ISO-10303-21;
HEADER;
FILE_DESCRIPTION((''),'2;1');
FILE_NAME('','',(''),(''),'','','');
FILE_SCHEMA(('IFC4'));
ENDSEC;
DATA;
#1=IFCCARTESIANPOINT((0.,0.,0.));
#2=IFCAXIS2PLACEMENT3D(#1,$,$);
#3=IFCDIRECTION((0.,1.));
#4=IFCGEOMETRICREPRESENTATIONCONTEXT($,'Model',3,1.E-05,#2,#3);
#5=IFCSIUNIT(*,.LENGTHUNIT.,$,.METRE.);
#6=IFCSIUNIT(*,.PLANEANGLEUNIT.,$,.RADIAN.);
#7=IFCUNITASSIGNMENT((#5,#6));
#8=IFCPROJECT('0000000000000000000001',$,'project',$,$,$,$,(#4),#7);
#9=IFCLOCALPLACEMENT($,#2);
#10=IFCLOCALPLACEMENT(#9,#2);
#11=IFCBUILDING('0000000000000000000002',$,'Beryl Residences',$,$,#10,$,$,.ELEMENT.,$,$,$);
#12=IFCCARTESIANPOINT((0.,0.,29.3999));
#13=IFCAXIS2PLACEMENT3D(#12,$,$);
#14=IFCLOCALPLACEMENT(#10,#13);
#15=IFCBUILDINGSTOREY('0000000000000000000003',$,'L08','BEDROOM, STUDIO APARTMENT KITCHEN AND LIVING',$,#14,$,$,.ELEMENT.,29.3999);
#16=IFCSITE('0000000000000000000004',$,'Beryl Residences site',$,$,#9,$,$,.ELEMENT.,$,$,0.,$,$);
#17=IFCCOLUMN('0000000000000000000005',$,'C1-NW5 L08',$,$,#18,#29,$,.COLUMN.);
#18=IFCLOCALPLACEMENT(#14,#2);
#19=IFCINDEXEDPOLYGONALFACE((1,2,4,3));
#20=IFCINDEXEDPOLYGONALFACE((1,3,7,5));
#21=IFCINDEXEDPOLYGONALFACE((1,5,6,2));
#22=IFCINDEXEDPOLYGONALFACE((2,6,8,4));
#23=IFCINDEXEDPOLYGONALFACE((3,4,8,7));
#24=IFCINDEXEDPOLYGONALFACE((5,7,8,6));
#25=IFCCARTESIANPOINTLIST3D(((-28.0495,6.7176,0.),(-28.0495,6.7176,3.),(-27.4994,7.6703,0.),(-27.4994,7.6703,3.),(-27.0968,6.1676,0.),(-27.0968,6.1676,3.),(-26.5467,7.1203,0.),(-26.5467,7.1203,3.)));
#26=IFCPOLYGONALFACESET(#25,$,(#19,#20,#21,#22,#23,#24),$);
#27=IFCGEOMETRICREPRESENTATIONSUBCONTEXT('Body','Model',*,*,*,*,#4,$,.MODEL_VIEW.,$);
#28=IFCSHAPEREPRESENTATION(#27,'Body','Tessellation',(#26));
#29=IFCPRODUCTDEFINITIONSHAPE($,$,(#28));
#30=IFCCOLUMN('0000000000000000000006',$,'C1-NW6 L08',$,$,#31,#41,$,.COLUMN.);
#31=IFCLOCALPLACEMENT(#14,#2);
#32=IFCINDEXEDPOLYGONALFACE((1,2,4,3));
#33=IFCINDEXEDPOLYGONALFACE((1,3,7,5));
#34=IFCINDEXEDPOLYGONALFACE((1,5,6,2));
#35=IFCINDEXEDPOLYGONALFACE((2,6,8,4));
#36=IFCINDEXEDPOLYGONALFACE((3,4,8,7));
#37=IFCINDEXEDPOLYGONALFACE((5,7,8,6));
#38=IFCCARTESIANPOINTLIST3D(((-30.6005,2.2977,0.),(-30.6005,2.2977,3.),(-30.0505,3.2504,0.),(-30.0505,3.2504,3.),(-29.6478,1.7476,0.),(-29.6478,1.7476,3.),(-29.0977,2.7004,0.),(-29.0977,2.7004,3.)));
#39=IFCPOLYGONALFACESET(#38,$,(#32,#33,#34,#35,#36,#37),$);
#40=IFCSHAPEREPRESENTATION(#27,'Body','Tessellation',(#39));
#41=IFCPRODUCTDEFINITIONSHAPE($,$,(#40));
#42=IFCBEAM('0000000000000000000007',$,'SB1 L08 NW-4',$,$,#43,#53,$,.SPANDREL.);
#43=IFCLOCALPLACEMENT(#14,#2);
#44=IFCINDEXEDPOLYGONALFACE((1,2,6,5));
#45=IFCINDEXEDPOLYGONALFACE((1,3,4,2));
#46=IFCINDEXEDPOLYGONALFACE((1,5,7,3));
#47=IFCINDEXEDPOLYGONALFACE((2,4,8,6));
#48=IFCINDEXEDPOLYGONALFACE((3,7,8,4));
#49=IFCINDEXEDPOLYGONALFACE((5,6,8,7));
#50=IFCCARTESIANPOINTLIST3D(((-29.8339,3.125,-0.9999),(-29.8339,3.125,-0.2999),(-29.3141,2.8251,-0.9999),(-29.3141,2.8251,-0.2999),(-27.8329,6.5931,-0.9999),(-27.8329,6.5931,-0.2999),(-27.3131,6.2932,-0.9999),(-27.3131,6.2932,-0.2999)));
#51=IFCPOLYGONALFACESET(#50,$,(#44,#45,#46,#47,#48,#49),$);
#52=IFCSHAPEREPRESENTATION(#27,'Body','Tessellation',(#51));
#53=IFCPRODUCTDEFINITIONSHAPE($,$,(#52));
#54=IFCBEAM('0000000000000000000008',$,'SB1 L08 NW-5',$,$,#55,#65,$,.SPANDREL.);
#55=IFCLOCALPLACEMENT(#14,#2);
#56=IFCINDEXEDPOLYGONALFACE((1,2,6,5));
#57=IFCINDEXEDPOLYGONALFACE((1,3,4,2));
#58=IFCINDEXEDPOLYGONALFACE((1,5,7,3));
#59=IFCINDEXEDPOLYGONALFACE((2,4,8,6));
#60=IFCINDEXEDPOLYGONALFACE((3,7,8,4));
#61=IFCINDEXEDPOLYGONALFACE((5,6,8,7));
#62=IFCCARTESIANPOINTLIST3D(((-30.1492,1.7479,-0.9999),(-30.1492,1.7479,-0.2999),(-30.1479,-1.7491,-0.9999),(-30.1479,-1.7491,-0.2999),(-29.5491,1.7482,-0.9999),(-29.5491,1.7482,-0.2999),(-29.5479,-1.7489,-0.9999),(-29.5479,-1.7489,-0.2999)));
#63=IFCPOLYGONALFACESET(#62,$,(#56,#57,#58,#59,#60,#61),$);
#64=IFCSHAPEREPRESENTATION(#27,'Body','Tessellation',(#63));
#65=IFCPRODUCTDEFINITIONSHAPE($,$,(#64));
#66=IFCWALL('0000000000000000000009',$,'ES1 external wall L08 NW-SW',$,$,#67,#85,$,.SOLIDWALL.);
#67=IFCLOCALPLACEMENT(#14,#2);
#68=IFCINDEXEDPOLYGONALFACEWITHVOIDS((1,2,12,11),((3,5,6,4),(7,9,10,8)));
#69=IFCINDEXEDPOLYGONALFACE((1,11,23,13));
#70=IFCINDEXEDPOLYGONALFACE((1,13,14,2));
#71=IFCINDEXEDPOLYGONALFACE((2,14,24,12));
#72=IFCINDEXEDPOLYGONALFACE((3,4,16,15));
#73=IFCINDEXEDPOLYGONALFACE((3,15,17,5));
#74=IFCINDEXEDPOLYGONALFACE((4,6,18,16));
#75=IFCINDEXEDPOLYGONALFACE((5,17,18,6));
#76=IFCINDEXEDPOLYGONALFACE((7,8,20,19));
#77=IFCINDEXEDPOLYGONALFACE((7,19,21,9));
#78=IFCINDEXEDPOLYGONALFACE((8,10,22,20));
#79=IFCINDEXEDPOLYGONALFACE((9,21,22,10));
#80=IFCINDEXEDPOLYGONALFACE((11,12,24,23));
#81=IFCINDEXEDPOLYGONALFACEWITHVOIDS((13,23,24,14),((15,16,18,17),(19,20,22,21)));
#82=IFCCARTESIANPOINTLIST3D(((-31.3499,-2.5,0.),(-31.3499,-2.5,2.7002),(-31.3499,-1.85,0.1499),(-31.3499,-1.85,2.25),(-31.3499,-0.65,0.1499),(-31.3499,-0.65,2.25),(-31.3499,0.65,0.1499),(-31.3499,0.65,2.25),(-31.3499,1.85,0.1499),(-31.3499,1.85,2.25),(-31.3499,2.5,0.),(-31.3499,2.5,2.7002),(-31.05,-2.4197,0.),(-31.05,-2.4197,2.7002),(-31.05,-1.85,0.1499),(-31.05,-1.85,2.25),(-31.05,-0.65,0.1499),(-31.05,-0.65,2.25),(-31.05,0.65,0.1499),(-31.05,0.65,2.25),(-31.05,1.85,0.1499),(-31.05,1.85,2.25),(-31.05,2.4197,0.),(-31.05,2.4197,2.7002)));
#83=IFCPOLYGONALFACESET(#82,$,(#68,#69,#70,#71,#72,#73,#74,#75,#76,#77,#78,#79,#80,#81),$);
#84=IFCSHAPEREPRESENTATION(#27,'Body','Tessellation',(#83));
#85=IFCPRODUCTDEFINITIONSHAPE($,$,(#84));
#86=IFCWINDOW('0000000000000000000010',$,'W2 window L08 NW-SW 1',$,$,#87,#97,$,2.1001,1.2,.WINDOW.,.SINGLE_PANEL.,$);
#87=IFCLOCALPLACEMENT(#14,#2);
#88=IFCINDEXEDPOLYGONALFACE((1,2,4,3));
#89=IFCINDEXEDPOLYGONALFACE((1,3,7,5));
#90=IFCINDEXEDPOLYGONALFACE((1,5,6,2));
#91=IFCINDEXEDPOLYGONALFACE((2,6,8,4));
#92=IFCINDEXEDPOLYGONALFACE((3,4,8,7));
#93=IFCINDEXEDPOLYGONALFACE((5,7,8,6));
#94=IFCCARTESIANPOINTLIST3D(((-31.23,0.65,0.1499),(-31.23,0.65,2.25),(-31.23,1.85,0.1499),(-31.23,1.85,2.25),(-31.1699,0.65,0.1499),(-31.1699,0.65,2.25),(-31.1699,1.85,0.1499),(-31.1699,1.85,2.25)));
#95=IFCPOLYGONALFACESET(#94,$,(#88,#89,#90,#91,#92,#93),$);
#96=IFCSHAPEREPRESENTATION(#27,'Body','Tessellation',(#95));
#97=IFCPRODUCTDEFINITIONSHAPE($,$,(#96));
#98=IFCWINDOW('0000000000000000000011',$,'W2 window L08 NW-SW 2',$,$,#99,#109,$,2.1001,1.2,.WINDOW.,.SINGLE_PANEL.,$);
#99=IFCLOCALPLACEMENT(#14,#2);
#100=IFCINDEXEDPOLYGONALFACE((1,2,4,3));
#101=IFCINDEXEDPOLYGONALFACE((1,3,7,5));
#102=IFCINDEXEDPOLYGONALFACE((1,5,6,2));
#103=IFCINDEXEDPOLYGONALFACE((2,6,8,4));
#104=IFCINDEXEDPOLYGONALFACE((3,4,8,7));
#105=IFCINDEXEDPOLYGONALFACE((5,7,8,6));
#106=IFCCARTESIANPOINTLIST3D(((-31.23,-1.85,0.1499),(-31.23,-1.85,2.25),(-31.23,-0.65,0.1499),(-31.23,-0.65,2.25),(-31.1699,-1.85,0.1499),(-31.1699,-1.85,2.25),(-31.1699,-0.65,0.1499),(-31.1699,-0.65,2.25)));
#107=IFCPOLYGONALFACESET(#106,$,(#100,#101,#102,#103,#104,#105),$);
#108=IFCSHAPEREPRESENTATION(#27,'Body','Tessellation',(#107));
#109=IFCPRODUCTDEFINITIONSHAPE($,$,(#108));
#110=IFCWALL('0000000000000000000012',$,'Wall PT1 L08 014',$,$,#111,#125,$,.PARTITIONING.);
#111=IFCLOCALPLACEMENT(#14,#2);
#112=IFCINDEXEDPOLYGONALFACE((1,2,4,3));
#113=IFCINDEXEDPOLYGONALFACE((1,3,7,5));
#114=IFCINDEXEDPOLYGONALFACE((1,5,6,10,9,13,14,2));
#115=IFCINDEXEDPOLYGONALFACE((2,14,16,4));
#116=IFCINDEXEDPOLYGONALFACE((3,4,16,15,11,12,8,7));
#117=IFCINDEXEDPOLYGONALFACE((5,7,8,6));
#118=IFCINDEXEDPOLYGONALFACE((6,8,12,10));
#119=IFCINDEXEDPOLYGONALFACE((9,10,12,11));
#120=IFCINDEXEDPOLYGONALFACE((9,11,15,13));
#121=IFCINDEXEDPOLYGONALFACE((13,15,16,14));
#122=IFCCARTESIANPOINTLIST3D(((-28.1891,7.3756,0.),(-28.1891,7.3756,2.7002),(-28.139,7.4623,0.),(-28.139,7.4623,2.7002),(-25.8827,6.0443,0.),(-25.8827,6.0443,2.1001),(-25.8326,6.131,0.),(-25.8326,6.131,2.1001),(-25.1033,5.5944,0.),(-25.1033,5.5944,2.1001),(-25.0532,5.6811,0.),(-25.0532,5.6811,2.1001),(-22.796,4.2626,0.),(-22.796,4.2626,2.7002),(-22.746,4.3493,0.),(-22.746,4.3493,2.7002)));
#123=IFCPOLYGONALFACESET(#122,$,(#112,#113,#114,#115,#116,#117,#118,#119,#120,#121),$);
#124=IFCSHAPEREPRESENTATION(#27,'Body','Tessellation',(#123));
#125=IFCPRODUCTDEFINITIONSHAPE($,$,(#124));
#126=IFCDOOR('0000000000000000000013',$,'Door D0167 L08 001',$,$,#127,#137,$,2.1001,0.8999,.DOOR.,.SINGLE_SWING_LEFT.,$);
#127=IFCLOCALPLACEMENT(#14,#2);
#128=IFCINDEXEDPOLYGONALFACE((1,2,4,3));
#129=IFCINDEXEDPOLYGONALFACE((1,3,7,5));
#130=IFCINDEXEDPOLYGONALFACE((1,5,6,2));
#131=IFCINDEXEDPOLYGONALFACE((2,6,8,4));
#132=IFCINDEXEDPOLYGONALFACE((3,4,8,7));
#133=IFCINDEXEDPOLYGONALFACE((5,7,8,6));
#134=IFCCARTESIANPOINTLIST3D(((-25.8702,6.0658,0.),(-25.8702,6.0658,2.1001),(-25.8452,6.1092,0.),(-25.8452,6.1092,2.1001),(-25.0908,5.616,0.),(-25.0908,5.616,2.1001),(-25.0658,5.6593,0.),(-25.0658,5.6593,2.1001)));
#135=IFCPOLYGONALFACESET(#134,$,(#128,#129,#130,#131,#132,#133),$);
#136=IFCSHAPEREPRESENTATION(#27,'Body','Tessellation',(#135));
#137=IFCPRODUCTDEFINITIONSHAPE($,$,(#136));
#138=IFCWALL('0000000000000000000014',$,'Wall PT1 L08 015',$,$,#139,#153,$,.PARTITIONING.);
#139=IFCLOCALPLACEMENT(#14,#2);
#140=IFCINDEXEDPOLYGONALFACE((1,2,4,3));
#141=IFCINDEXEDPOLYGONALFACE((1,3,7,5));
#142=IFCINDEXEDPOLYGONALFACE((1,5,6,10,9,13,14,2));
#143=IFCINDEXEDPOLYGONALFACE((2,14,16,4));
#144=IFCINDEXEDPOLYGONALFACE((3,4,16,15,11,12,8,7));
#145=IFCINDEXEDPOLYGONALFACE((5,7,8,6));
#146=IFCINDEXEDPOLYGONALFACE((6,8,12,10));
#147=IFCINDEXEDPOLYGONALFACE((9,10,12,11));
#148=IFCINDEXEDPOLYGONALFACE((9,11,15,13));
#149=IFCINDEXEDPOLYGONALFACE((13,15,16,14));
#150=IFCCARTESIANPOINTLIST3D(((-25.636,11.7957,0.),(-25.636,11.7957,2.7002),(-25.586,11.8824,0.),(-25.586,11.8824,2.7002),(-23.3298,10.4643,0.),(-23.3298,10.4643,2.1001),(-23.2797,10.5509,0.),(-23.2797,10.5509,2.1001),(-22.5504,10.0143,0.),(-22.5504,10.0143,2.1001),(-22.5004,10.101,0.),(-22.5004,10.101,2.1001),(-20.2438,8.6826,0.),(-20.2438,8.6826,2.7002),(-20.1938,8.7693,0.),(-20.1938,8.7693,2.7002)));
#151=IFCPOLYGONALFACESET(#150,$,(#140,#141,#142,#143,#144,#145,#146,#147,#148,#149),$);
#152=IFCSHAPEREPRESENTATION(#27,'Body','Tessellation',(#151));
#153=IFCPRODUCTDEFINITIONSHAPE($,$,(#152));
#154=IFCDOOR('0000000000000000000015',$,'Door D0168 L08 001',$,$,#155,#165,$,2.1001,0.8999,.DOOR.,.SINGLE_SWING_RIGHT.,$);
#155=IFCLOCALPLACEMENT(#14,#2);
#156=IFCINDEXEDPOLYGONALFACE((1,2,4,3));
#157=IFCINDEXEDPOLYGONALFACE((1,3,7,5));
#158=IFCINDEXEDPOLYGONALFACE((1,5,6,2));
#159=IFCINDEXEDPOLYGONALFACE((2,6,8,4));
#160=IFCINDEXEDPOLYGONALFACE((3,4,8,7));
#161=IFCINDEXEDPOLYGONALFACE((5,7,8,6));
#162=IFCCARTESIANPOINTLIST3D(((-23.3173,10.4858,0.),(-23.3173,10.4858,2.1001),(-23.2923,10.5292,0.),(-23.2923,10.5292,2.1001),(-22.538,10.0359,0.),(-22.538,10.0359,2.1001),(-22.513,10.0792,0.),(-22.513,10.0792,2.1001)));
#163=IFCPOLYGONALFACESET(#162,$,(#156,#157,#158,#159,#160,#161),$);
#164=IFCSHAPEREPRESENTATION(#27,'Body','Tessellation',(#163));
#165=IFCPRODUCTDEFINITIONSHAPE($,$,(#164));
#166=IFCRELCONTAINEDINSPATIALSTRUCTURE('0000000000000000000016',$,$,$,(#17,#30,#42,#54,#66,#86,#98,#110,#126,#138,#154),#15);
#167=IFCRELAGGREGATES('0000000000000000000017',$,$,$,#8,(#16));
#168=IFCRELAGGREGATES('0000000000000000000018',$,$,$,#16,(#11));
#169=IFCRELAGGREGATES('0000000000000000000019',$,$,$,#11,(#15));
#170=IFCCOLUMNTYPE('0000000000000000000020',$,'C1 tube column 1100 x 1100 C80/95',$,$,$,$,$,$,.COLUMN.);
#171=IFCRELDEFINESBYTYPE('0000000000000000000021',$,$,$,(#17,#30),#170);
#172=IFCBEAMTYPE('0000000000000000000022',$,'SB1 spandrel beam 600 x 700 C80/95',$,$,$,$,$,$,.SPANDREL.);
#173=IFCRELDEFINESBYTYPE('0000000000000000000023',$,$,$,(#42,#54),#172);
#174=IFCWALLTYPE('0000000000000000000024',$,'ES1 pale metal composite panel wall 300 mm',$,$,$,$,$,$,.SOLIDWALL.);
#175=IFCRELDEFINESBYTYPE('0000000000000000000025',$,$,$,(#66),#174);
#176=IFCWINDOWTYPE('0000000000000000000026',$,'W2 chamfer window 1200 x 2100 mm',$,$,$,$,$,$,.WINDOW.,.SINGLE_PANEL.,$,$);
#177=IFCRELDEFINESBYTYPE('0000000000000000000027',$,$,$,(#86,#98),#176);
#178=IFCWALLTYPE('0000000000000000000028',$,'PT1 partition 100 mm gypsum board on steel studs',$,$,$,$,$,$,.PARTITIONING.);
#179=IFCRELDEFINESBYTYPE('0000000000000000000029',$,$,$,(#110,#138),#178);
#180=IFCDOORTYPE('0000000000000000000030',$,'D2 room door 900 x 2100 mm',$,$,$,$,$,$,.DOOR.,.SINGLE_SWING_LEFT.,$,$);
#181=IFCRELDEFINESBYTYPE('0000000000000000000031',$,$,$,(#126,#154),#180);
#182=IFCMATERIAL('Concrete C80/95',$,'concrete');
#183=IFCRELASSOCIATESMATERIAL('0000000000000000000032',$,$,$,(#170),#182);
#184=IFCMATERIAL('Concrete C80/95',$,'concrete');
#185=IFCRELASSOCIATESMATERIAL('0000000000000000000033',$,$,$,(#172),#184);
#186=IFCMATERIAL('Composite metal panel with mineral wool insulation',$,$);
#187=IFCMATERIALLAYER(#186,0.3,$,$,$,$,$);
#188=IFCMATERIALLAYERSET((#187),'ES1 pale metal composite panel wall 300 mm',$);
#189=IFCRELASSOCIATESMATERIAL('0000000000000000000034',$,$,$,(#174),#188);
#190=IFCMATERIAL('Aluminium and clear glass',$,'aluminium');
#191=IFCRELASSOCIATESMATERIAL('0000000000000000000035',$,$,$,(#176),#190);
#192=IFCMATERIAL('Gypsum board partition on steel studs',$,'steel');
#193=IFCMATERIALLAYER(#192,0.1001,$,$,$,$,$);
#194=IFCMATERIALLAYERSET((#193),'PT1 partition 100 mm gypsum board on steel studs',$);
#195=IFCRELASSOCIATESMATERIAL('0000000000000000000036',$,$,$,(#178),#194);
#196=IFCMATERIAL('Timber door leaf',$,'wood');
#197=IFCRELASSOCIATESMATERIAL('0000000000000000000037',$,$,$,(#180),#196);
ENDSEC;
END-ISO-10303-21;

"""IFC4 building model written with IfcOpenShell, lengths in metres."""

from ifc_helpers import new_model, si_unit, direction, frame, frame_2d, origin, origin_2d, place, context, subcontext, project, spatial, polyline, rectangle, outline, extrude, material, layer, layer_set, material_profile, profile_set, type_object, element, fill, save


model = new_model("IFC4")

# Units and contexts
model_context = context("Model", 3, precision=1e-05, world=origin(), true_north=direction((0.0, 1.0)))
body_context = subcontext(model_context, "Body", "Model", "MODEL_VIEW")
ifc_project = project(units=[si_unit("LENGTHUNIT", "METRE"), si_unit("PLANEANGLEUNIT", "RADIAN")], contexts=[model_context])

# Site, building, storey
site_placement = place(None, origin())
site = spatial("IfcSite", under=ifc_project, at=site_placement, Name="Beryl Residences site", CompositionType="ELEMENT", RefElevation=0.0)
building_placement = place(site_placement, origin())
building = spatial("IfcBuilding", under=site, at=building_placement, Name="Beryl Residences", CompositionType="ELEMENT")
storey_placement = place(building_placement, frame((0.0, 0.0, 29.3999)))
storey = spatial("IfcBuildingStorey", under=building, at=storey_placement, Name="L08", Description="BEDROOM, STUDIO APARTMENT KITCHEN AND LIVING", CompositionType="ELEMENT", Elevation=29.3999)

# Columns
ifc_material_1 = material(Name="Concrete C80/95", Category="concrete")
ifc_material_profile_1 = material_profile(ifc_material_1, rectangle(XDim=1.1001, YDim=1.1001, at=origin_2d()))
ifc_profile_set_1 = profile_set([ifc_material_profile_1], Name="Concrete C80/95")
column_type = type_object("IfcColumnType", Name="C1 tube column 1100 x 1100 C80/95", PredefinedType="COLUMN", material=ifc_profile_set_1)
for number, where, z_axis, x_axis, name in (
    (1, (-27.2981, 6.9189, 0.0), (0.0, 0.0, 1.0), (-0.499985, -0.866034, 0.0), "C1-NW5 L08"),
    (2, (-29.8491, 2.499, 0.0), (0.0, 0.0, 1.0), (-0.499985, -0.866034, 0.0), "C1-NW6 L08"),
):
    element("IfcColumn", number, at=place(storey_placement, frame(where, z_axis=z_axis, x_axis=x_axis)), inside=storey, type_object=column_type, Name=name, PredefinedType="COLUMN", context=body_context, shape_type="SweptSolid", body=[
        extrude(rectangle(XDim=1.1001, YDim=1.1001, at=origin_2d()), origin(), (0.0, 0.0, 1.0), 3.0),
    ])

# Beams
ifc_material_2 = material(Name="Concrete C80/95", Category="concrete")
ifc_material_profile_2 = material_profile(ifc_material_2, rectangle(XDim=0.6001, YDim=0.7, at=origin_2d()))
ifc_profile_set_2 = profile_set([ifc_material_profile_2], Name="Concrete C80/95")
beam_type = type_object("IfcBeamType", Name="SB1 spandrel beam 600 x 700 C80/95", PredefinedType="SPANDREL", material=ifc_profile_set_2)
beam_1_placement = place(storey_placement, frame((-27.573, 6.4431, -0.6499), z_axis=(-0.499759, -0.866164, 0.0), x_axis=(0.866164, -0.499759, 0.0)))
element("IfcBeam", 3, at=beam_1_placement, inside=storey, type_object=beam_type, Name="SB1 L08 NW-4", PredefinedType="SPANDREL", context=body_context, shape_type="SweptSolid", body=[
    extrude(rectangle(XDim=0.6001, YDim=0.7, at=origin_2d()), origin(), (0.0, 0.0, 1.0), 4.0039),
])
beam_2_placement = place(storey_placement, frame((-29.8491, 1.748, -0.6499), z_axis=(0.000349, -1.0, 0.0), x_axis=(1.0, 0.000349, 0.0)))
element("IfcBeam", 4, at=beam_2_placement, inside=storey, type_object=beam_type, Name="SB1 L08 NW-5", PredefinedType="SPANDREL", context=body_context, shape_type="SweptSolid", body=[
    extrude(rectangle(XDim=0.6001, YDim=0.7, at=origin_2d()), origin(), (0.0, 0.0, 1.0), 3.4971),
])

# Wall, openings, windows
ifc_material_3 = material(Name="Composite metal panel with mineral wool insulation")
ifc_layer_1 = layer(ifc_material_3, 0.3)
ifc_layer_set_1 = layer_set([ifc_layer_1], Name="ES1 pale metal composite panel wall 300 mm")
wall_type_1 = type_object("IfcWallType", Name="ES1 pale metal composite panel wall 300 mm", PredefinedType="SOLIDWALL", material=ifc_layer_set_1)
wall_1_placement = place(storey_placement, frame((-31.2, 2.5, 0.0), z_axis=(0.0, 0.0, 1.0), x_axis=(0.0, -1.0, 0.0)))
wall_1 = element("IfcWall", 5, at=wall_1_placement, inside=storey, type_object=wall_type_1, Name="ES1 external wall L08 NW-SW", PredefinedType="SOLIDWALL", context=body_context, shape_type="SweptSolid", body=[
    extrude(outline(polyline([(0.0, -0.1499), (5.0, -0.1499), (4.9197, 0.1499), (0.0803, 0.1499), (0.0, -0.1499)])), origin(), (0.0, 0.0, 1.0), 2.7002),
])
opening_1_placement = place(wall_1_placement, frame((0.6499, 0.0, 0.1499)))
opening_1 = element("IfcOpeningElement", 6, at=opening_1_placement, cuts=wall_1, PredefinedType="OPENING", context=body_context, shape_type="SweptSolid", body=[
    extrude(rectangle(XDim=1.2, YDim=2.1001, at=frame_2d((0.6001, 1.05))), frame((0.0, 0.1599, 0.0), z_axis=(0.0, -1.0, 0.0), x_axis=(1.0, 0.0, 0.0)), (0.0, 0.0, 1.0), 0.3201),
])
opening_2_placement = place(wall_1_placement, frame((3.1499, 0.0, 0.1499)))
opening_2 = element("IfcOpeningElement", 7, at=opening_2_placement, cuts=wall_1, PredefinedType="OPENING", context=body_context, shape_type="SweptSolid", body=[
    extrude(rectangle(XDim=1.2, YDim=2.1001, at=frame_2d((0.6001, 1.05))), frame((0.0, 0.1599, 0.0), z_axis=(0.0, -1.0, 0.0), x_axis=(1.0, 0.0, 0.0)), (0.0, 0.0, 1.0), 0.3201),
])
ifc_material_4 = material(Name="Aluminium and clear glass", Category="aluminium")
window_type = type_object("IfcWindowType", Name="W2 chamfer window 1200 x 2100 mm", PartitioningType="SINGLE_PANEL", PredefinedType="WINDOW", material=ifc_material_4)
window_1_placement = place(opening_1_placement, origin())
window_1 = element("IfcWindow", 8, at=window_1_placement, inside=storey, type_object=window_type, Name="W2 window L08 NW-SW 1", OverallHeight=2.1001, OverallWidth=1.2, PartitioningType="SINGLE_PANEL", PredefinedType="WINDOW", context=body_context, shape_type="SweptSolid", body=[
    extrude(rectangle(XDim=1.2, YDim=2.1001, at=frame_2d((0.6001, 1.05))), frame((0.0, 0.03, 0.0), z_axis=(0.0, -1.0, 0.0), x_axis=(1.0, 0.0, 0.0)), (0.0, 0.0, 1.0), 0.0601),
])
fill(opening_1, window_1)
window_2_placement = place(opening_2_placement, origin())
window_2 = element("IfcWindow", 9, at=window_2_placement, inside=storey, type_object=window_type, Name="W2 window L08 NW-SW 2", OverallHeight=2.1001, OverallWidth=1.2, PartitioningType="SINGLE_PANEL", PredefinedType="WINDOW", context=body_context, shape_type="SweptSolid", body=[
    extrude(rectangle(XDim=1.2, YDim=2.1001, at=frame_2d((0.6001, 1.05))), frame((0.0, 0.03, 0.0), z_axis=(0.0, -1.0, 0.0), x_axis=(1.0, 0.0, 0.0)), (0.0, 0.0, 1.0), 0.0601),
])
fill(opening_2, window_2)

# Walls, openings, doors
ifc_material_5 = material(Name="Gypsum board partition on steel studs", Category="steel")
ifc_layer_2 = layer(ifc_material_5, 0.1001)
ifc_layer_set_2 = layer_set([ifc_layer_2], Name="PT1 partition 100 mm gypsum board on steel studs")
wall_type_2 = type_object("IfcWallType", Name="PT1 partition 100 mm gypsum board on steel studs", PredefinedType="PARTITIONING", material=ifc_layer_set_2)
wall_2_placement = place(storey_placement, frame((-28.1641, 7.4189, 0.0), z_axis=(0.0, 0.0, 1.0), x_axis=(0.866071, -0.499922, 0.0)))
wall_2 = element("IfcWall", 10, at=wall_2_placement, inside=storey, type_object=wall_type_2, Name="Wall PT1 L08 014", PredefinedType="PARTITIONING", context=body_context, shape_type="SweptSolid", body=[
    extrude(rectangle(XDim=6.2271, YDim=0.1001, at=frame_2d((3.1135, 0.0))), origin(), (0.0, 0.0, 1.0), 2.7002),
])
opening_3_placement = place(wall_2_placement, frame((2.6631, 0.0, 0.0)))
opening_3 = element("IfcOpeningElement", 11, at=opening_3_placement, cuts=wall_2, PredefinedType="OPENING", context=body_context, shape_type="SweptSolid", body=[
    extrude(rectangle(XDim=0.8999, YDim=2.1001, at=frame_2d((0.45, 1.05))), frame((0.0, 0.0601, 0.0), z_axis=(0.0, -1.0, 0.0), x_axis=(1.0, 0.0, 0.0)), (0.0, 0.0, 1.0), 0.1201),
])
ifc_material_6 = material(Name="Timber door leaf", Category="wood")
door_type = type_object("IfcDoorType", Name="D2 room door 900 x 2100 mm", OperationType="SINGLE_SWING_LEFT", PredefinedType="DOOR", material=ifc_material_6)
door_1_placement = place(opening_3_placement, origin())
door_1 = element("IfcDoor", 12, at=door_1_placement, inside=storey, type_object=door_type, Name="Door D0167 L08 001", OperationType="SINGLE_SWING_LEFT", OverallHeight=2.1001, OverallWidth=0.8999, PredefinedType="DOOR", context=body_context, shape_type="SweptSolid", body=[
    extrude(rectangle(XDim=0.8999, YDim=2.1001, at=frame_2d((0.45, 1.05))), frame((0.0, 0.0249, 0.0), z_axis=(0.0, -1.0, 0.0), x_axis=(1.0, 0.0, 0.0)), (0.0, 0.0, 1.0), 0.05),
])
fill(opening_3, door_1)
wall_3_placement = place(storey_placement, frame((-25.6111, 11.8391, 0.0), z_axis=(0.0, 0.0, 1.0), x_axis=(0.866031, -0.499989, 0.0)))
wall_3 = element("IfcWall", 13, at=wall_3_placement, inside=storey, type_object=wall_type_2, Name="Wall PT1 L08 015", PredefinedType="PARTITIONING", context=body_context, shape_type="SweptSolid", body=[
    extrude(rectangle(XDim=6.2263, YDim=0.1001, at=frame_2d((3.1133, 0.0))), origin(), (0.0, 0.0, 1.0), 2.7002),
])
opening_4_placement = place(wall_3_placement, frame((2.6631, 0.0, 0.0)))
opening_4 = element("IfcOpeningElement", 14, at=opening_4_placement, cuts=wall_3, PredefinedType="OPENING", context=body_context, shape_type="SweptSolid", body=[
    extrude(rectangle(XDim=0.8999, YDim=2.1001, at=frame_2d((0.45, 1.05))), frame((0.0, 0.0601, 0.0), z_axis=(0.0, -1.0, 0.0), x_axis=(1.0, 0.0, 0.0)), (0.0, 0.0, 1.0), 0.1201),
])
door_2_placement = place(opening_4_placement, origin())
door_2 = element("IfcDoor", 15, at=door_2_placement, inside=storey, type_object=door_type, Name="Door D0168 L08 001", OperationType="SINGLE_SWING_RIGHT", OverallHeight=2.1001, OverallWidth=0.8999, PredefinedType="DOOR", context=body_context, shape_type="SweptSolid", body=[
    extrude(rectangle(XDim=0.8999, YDim=2.1001, at=frame_2d((0.45, 1.05))), frame((0.0, 0.0249, 0.0), z_axis=(0.0, -1.0, 0.0), x_axis=(1.0, 0.0, 0.0)), (0.0, 0.0, 1.0), 0.05),
])
fill(opening_4, door_2)

save(model, "model.ifc")
